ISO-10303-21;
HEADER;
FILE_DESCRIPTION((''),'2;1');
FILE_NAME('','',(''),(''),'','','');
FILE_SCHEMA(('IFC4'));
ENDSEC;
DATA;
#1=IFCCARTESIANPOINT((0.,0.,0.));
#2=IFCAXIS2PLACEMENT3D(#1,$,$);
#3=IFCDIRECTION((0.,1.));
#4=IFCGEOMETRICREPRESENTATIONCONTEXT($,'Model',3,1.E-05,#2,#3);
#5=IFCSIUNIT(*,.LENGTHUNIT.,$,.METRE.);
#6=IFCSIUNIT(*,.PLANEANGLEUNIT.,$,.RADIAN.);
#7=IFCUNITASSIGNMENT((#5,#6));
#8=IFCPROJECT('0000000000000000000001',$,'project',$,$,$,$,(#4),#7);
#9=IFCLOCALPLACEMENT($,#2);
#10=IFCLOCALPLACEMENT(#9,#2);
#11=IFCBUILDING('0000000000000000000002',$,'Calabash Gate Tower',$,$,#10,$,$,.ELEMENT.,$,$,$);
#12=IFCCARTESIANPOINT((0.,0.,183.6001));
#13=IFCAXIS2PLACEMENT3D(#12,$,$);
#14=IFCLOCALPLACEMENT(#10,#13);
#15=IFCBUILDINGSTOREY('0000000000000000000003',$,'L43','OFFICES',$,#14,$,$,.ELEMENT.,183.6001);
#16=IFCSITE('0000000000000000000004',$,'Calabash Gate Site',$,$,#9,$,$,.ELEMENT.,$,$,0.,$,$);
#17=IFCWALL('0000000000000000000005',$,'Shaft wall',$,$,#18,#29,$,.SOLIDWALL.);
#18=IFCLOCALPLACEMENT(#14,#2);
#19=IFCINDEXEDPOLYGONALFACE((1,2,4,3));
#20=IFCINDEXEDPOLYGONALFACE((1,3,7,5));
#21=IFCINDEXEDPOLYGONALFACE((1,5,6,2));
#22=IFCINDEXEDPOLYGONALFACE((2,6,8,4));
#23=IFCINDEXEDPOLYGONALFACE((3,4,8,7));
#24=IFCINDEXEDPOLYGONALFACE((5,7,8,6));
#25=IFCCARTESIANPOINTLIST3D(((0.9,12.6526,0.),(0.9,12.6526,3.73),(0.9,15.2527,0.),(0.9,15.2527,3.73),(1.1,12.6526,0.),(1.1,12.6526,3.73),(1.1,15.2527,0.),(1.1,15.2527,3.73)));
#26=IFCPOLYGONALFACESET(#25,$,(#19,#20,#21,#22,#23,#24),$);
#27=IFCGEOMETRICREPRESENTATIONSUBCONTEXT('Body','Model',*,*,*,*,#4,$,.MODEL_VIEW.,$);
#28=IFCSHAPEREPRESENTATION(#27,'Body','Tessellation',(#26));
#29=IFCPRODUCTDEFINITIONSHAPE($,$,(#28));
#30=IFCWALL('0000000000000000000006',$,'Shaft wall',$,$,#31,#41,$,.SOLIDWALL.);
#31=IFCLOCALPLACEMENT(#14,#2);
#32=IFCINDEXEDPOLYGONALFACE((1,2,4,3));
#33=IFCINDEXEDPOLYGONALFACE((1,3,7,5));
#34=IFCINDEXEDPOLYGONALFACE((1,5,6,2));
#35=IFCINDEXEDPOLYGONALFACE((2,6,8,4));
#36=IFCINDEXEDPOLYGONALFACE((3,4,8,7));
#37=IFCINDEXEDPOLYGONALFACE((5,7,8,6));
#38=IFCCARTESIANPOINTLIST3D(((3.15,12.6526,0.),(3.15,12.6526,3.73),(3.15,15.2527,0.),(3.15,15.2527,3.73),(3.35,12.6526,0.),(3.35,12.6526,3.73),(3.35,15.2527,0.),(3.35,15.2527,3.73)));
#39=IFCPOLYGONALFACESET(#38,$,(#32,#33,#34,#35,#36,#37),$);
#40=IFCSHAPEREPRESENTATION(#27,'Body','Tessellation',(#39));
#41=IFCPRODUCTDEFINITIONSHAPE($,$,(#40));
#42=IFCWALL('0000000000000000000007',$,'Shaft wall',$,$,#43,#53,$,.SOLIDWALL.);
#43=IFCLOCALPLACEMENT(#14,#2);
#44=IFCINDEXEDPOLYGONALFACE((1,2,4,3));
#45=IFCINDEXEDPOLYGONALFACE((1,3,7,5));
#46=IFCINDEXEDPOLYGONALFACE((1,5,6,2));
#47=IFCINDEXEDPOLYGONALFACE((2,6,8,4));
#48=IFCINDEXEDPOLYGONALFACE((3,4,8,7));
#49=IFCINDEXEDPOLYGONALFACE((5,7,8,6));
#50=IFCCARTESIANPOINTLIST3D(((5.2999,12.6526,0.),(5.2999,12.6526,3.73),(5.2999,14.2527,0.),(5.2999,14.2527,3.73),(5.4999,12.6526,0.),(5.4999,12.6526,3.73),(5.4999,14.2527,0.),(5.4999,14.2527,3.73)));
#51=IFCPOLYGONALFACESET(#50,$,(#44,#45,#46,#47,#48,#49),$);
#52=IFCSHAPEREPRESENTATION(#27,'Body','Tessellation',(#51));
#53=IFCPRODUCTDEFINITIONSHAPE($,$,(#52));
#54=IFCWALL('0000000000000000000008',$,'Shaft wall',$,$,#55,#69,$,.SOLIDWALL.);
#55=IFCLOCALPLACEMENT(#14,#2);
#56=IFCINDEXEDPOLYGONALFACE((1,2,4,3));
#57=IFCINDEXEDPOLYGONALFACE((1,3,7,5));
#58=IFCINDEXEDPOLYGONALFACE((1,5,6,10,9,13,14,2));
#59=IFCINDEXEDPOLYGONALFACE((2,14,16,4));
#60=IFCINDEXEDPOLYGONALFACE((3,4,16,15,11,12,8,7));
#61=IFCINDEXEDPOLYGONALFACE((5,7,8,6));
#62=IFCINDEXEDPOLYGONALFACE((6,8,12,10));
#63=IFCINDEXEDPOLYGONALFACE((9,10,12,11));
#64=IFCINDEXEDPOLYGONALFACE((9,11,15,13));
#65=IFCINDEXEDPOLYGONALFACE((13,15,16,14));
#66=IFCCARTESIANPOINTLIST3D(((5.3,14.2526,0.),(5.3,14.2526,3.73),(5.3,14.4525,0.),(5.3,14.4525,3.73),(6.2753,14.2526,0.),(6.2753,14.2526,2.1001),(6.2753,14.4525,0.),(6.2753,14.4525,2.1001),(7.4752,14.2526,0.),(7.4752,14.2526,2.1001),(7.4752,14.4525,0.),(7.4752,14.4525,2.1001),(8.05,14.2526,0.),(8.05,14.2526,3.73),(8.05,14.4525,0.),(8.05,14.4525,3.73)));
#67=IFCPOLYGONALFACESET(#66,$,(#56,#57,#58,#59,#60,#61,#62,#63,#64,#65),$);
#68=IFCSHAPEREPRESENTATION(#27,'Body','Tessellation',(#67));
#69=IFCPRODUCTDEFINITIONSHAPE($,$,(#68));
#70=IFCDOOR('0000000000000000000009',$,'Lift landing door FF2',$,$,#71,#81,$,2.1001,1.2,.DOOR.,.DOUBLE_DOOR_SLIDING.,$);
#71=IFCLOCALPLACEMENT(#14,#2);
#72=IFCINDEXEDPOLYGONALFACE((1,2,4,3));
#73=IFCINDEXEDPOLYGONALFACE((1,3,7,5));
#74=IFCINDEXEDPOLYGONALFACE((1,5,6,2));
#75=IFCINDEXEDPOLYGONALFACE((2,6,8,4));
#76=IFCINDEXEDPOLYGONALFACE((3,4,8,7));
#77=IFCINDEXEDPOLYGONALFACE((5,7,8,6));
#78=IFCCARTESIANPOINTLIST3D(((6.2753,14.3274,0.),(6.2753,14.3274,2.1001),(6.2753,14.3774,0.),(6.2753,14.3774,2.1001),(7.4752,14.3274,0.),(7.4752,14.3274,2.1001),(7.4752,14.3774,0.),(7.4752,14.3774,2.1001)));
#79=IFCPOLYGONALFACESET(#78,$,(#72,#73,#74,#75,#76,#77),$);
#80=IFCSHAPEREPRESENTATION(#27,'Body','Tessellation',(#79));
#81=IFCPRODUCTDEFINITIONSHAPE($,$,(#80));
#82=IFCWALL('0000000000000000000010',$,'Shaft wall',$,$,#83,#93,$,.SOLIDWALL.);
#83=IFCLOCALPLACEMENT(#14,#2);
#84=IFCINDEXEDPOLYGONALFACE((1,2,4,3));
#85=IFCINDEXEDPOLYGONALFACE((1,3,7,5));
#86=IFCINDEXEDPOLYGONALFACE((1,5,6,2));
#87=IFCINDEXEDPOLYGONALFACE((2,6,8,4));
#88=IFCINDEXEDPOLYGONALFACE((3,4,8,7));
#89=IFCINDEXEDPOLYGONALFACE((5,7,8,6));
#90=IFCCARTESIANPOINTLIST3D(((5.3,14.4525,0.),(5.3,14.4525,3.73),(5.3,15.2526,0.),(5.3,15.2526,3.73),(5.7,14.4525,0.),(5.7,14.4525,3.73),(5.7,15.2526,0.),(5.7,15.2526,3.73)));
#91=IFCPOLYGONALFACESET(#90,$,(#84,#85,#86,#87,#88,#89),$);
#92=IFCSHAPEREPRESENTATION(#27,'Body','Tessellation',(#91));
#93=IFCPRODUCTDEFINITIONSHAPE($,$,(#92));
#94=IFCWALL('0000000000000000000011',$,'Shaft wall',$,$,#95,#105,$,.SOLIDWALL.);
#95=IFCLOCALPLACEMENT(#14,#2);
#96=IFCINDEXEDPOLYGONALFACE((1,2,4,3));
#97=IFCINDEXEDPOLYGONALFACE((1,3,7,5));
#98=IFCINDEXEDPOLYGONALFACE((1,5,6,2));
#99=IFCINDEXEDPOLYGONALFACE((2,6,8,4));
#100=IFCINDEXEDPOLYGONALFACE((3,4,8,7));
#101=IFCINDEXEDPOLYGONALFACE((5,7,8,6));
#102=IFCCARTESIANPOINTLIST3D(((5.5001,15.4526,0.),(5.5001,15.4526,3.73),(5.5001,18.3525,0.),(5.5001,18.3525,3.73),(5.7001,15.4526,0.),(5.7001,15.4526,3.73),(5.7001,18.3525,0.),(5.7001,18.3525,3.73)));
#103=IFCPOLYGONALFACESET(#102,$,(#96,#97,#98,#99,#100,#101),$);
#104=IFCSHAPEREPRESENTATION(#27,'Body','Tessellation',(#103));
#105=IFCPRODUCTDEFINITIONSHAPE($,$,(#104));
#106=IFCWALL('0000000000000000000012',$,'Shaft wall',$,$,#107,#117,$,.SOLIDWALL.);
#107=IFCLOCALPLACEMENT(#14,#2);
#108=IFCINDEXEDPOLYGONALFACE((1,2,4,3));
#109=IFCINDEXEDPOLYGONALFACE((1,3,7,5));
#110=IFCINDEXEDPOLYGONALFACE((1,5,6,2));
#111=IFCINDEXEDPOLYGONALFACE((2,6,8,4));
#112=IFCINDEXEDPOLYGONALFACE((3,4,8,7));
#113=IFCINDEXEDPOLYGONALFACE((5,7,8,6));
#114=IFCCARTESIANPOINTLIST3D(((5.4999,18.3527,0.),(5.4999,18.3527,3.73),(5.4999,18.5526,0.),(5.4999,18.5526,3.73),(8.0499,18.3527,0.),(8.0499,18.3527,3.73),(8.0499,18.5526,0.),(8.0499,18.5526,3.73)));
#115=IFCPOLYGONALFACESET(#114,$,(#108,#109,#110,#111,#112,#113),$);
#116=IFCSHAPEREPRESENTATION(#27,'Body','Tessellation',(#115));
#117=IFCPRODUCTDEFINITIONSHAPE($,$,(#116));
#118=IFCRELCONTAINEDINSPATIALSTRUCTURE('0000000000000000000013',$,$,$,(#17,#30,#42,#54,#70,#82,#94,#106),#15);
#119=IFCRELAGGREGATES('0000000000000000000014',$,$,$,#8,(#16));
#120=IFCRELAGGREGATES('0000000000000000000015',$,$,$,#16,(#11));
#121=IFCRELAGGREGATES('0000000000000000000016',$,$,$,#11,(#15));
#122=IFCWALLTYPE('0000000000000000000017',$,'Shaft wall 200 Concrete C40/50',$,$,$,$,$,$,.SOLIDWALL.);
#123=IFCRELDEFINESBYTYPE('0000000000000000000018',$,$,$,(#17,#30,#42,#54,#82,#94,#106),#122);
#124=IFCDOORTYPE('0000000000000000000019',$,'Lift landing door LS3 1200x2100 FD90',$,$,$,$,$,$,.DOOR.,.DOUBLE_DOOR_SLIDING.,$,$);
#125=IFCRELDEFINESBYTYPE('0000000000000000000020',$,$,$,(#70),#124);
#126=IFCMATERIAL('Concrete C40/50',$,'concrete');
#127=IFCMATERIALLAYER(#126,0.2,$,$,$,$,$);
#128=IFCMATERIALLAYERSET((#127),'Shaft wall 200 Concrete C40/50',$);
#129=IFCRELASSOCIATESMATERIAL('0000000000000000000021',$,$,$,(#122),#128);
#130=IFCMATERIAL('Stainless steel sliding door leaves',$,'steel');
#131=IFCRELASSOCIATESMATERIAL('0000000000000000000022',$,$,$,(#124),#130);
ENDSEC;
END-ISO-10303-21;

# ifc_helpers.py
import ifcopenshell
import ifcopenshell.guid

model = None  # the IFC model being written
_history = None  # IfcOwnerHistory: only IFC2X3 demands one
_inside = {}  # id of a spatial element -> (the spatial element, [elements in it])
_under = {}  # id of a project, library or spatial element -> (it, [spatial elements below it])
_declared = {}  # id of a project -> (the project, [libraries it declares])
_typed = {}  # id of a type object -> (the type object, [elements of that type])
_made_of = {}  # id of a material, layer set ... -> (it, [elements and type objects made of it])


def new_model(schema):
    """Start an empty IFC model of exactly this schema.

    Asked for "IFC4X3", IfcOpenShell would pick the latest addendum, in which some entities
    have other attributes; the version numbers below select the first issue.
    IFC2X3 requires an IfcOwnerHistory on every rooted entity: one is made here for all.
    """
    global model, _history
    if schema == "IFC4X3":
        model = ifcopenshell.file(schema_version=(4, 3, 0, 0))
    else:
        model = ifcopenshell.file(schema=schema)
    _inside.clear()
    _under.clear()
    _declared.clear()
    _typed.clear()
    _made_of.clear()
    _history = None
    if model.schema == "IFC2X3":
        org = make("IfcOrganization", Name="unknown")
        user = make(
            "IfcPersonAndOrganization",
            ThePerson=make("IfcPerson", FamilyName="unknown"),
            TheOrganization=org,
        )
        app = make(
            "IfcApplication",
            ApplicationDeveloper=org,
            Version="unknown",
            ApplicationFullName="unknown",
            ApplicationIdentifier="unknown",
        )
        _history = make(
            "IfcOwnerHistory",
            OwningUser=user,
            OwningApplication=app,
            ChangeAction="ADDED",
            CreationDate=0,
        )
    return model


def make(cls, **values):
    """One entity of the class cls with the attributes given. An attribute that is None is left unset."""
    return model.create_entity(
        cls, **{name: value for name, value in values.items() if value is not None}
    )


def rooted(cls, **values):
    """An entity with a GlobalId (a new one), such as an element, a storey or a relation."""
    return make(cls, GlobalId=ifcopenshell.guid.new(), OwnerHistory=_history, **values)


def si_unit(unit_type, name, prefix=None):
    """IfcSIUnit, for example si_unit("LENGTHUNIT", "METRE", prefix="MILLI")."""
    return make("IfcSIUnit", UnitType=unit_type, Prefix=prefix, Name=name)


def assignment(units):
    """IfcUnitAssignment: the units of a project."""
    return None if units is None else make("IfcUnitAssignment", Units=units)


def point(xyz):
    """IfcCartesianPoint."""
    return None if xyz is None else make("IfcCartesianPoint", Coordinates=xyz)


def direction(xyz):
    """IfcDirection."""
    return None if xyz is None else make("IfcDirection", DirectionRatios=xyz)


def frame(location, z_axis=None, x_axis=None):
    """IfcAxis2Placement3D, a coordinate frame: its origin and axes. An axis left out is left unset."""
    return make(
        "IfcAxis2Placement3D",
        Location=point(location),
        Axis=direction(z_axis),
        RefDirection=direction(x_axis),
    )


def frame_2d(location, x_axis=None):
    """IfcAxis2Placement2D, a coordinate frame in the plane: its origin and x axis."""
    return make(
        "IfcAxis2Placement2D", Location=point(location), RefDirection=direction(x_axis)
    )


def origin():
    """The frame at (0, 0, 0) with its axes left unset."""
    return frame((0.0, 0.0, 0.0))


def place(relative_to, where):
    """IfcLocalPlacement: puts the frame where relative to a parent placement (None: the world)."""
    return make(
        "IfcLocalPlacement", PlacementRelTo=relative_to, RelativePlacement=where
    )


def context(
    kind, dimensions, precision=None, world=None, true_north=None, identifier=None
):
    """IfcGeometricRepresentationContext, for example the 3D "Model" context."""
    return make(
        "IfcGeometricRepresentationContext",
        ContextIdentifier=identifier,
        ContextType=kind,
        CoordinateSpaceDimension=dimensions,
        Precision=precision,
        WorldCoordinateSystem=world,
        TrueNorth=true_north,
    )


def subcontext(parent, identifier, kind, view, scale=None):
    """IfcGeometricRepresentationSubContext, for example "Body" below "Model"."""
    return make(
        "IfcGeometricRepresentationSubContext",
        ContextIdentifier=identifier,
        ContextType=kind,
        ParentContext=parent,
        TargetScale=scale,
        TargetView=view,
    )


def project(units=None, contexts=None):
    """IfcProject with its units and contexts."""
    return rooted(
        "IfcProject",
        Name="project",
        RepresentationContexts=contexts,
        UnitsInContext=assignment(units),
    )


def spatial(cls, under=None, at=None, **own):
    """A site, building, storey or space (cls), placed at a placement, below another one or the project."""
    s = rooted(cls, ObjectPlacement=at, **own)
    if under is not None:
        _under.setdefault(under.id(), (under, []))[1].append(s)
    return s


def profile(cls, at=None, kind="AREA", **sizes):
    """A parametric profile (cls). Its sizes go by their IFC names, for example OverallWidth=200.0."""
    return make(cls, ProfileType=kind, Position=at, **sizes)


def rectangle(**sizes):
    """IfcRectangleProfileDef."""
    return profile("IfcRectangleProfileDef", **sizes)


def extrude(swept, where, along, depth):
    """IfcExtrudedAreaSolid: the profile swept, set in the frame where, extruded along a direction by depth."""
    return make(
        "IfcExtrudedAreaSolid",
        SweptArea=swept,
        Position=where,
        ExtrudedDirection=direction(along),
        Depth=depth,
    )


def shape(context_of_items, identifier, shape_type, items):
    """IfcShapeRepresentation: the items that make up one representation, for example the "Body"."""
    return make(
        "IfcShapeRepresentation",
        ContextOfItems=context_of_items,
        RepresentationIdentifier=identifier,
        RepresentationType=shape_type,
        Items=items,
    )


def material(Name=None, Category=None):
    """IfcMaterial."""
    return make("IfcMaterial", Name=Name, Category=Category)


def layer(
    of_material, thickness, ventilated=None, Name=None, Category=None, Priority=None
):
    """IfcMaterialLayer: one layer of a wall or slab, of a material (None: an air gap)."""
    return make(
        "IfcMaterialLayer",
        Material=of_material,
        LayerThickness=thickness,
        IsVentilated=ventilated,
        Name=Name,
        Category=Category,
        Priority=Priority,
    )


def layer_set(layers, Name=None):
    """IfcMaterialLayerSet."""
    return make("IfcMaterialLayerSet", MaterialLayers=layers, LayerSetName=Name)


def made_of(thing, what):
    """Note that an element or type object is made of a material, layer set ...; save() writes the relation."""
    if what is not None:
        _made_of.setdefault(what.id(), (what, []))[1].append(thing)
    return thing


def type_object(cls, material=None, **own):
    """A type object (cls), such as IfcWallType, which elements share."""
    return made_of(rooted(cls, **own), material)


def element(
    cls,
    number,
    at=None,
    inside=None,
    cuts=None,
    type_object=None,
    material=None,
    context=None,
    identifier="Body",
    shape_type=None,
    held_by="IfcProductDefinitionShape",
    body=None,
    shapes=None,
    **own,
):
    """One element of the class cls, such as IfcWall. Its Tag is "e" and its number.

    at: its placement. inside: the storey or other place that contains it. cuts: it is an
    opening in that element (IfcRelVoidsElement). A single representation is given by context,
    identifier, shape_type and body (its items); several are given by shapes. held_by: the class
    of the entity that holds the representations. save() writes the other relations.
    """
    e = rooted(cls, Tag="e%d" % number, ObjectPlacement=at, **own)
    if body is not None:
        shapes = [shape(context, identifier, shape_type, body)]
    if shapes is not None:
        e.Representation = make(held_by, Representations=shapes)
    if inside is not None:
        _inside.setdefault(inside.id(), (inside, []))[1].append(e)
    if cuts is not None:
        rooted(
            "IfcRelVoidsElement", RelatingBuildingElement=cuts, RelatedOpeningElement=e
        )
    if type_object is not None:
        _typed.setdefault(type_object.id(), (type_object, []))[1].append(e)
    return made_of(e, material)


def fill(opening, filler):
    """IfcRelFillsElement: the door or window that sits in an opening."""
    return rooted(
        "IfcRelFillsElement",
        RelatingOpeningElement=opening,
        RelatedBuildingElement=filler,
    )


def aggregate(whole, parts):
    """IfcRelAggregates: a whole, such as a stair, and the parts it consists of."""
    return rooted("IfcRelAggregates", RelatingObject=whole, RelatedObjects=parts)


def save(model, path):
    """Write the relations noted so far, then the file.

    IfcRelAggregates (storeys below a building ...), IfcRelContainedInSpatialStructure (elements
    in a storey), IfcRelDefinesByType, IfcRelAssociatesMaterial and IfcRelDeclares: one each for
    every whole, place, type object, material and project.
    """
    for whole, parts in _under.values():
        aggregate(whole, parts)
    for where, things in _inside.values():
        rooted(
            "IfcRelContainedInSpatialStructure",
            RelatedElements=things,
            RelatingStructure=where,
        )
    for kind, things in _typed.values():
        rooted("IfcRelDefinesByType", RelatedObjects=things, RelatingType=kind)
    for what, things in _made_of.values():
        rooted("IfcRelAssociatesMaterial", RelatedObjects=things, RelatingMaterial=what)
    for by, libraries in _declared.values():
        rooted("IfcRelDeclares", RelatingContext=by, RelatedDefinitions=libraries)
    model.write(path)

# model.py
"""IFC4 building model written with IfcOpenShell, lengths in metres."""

from ifc_helpers import new_model, si_unit, direction, frame, frame_2d, origin, place, context, subcontext, project, spatial, rectangle, extrude, material, layer, layer_set, type_object, element, fill, save


model = new_model("IFC4")

# Units and contexts
model_context = context("Model", 3, precision=1e-05, world=origin(), true_north=direction((0.0, 1.0)))
body_context = subcontext(model_context, "Body", "Model", "MODEL_VIEW")
ifc_project = project(units=[si_unit("LENGTHUNIT", "METRE"), si_unit("PLANEANGLEUNIT", "RADIAN")], contexts=[model_context])

# Site, building, storey
site_placement = place(None, origin())
site = spatial("IfcSite", under=ifc_project, at=site_placement, Name="Calabash Gate Site", CompositionType="ELEMENT", RefElevation=0.0)
building_placement = place(site_placement, origin())
building = spatial("IfcBuilding", under=site, at=building_placement, Name="Calabash Gate Tower", CompositionType="ELEMENT")
storey_placement = place(building_placement, frame((0.0, 0.0, 183.6001)))
storey = spatial("IfcBuildingStorey", under=building, at=storey_placement, Name="L43", Description="OFFICES", CompositionType="ELEMENT", Elevation=183.6001)

# Shared definitions
ifc_material_1 = material(Name="Concrete C40/50", Category="concrete")
ifc_layer_1 = layer(ifc_material_1, 0.2)
ifc_layer_set_1 = layer_set([ifc_layer_1], Name="Shaft wall 200 Concrete C40/50")
wall_type_1 = type_object("IfcWallType", Name="Shaft wall 200 Concrete C40/50", PredefinedType="SOLIDWALL", material=ifc_layer_set_1)

# Shared definitions
ifc_material_2 = material(Name="Stainless steel sliding door leaves", Category="steel")
door_type_1 = type_object("IfcDoorType", Name="Lift landing door LS3 1200x2100 FD90", OperationType="DOUBLE_DOOR_SLIDING", PredefinedType="DOOR", material=ifc_material_2)

# Walls
for number, where, z_axis, x_axis, name in (
    (1, (1.0, 12.6526, 0.0), (0.0, 0.0, 1.0), (0.0, 1.0, 0.0), "Shaft wall"),
    (2, (3.25, 12.6526, 0.0), (0.0, 0.0, 1.0), (0.0, 1.0, 0.0), "Shaft wall"),
):
    element("IfcWall", number, at=place(storey_placement, frame(where, z_axis=z_axis, x_axis=x_axis)), inside=storey, type_object=wall_type_1, Name=name, PredefinedType="SOLIDWALL", context=body_context, shape_type="SweptSolid", body=[
        extrude(rectangle(XDim=2.6001, YDim=0.2, at=frame_2d((1.3, 0.0))), origin(), (0.0, 0.0, 1.0), 3.73),
    ])
wall_1_placement = place(storey_placement, frame((5.3999, 12.6526, 0.0), z_axis=(0.0, 0.0, 1.0), x_axis=(0.0, 1.0, 0.0)))
element("IfcWall", 3, at=wall_1_placement, inside=storey, type_object=wall_type_1, Name="Shaft wall", PredefinedType="SOLIDWALL", context=body_context, shape_type="SweptSolid", body=[
    extrude(rectangle(XDim=1.6001, YDim=0.2, at=frame_2d((0.8, 0.0))), origin(), (0.0, 0.0, 1.0), 3.73),
])

# Wall, opening, door
wall_2_placement = place(storey_placement, frame((5.3, 14.3525, 0.0), z_axis=(0.0, 0.0, 1.0), x_axis=(1.0, 0.0, 0.0)))
wall_2 = element("IfcWall", 4, at=wall_2_placement, inside=storey, type_object=wall_type_1, Name="Shaft wall", PredefinedType="SOLIDWALL", context=body_context, shape_type="SweptSolid", body=[
    extrude(rectangle(XDim=2.75, YDim=0.2, at=frame_2d((1.375, 0.0))), origin(), (0.0, 0.0, 1.0), 3.73),
])
opening_1_placement = place(wall_2_placement, frame((0.9751, 0.0, 0.0)))
opening_1 = element("IfcOpeningElement", 5, at=opening_1_placement, cuts=wall_2, PredefinedType="OPENING", context=body_context, shape_type="SweptSolid", body=[
    extrude(rectangle(XDim=1.2, YDim=2.1001, at=frame_2d((0.6001, 1.05))), frame((0.0, 0.1099, 0.0), z_axis=(0.0, -1.0, 0.0), x_axis=(1.0, 0.0, 0.0)), (0.0, 0.0, 1.0), 0.22),
])
door_1_placement = place(opening_1_placement, origin())
door_1 = element("IfcDoor", 6, at=door_1_placement, inside=storey, type_object=door_type_1, Name="Lift landing door FF2", OperationType="DOUBLE_DOOR_SLIDING", OverallHeight=2.1001, OverallWidth=1.2, PredefinedType="DOOR", context=body_context, shape_type="SweptSolid", body=[
    extrude(rectangle(XDim=1.2, YDim=2.1001, at=frame_2d((0.6001, 1.05))), frame((0.0, 0.0249, 0.0), z_axis=(0.0, -1.0, 0.0), x_axis=(1.0, 0.0, 0.0)), (0.0, 0.0, 1.0), 0.05),
])
fill(opening_1, door_1)

# Walls
wall_3_placement = place(storey_placement, frame((5.5, 14.4526, 0.0), z_axis=(0.0, 0.0, 1.0), x_axis=(0.0, 1.0, 0.0)))
element("IfcWall", 7, at=wall_3_placement, inside=storey, type_object=wall_type_1, Name="Shaft wall", PredefinedType="SOLIDWALL", context=body_context, shape_type="SweptSolid", body=[
    extrude(rectangle(XDim=0.8, YDim=0.3999, at=frame_2d((0.3999, 0.0))), origin(), (0.0, 0.0, 1.0), 3.73),
])
wall_4_placement = place(storey_placement, frame((5.6001, 15.4526, 0.0), z_axis=(0.0, 0.0, 1.0), x_axis=(0.0, 1.0, 0.0)))
element("IfcWall", 8, at=wall_4_placement, inside=storey, type_object=wall_type_1, Name="Shaft wall", PredefinedType="SOLIDWALL", context=body_context, shape_type="SweptSolid", body=[
    extrude(rectangle(XDim=2.8999, YDim=0.2, at=frame_2d((1.45, 0.0))), origin(), (0.0, 0.0, 1.0), 3.73),
])
wall_5_placement = place(storey_placement, frame((5.5, 18.4526, 0.0), z_axis=(0.0, 0.0, 1.0), x_axis=(1.0, 0.0, 0.0)))
element("IfcWall", 9, at=wall_5_placement, inside=storey, type_object=wall_type_1, Name="Shaft wall", PredefinedType="SOLIDWALL", context=body_context, shape_type="SweptSolid", body=[
    extrude(rectangle(XDim=2.55, YDim=0.2, at=frame_2d((1.2749, 0.0))), origin(), (0.0, 0.0, 1.0), 3.73),
])

save(model, "model.ifc")
